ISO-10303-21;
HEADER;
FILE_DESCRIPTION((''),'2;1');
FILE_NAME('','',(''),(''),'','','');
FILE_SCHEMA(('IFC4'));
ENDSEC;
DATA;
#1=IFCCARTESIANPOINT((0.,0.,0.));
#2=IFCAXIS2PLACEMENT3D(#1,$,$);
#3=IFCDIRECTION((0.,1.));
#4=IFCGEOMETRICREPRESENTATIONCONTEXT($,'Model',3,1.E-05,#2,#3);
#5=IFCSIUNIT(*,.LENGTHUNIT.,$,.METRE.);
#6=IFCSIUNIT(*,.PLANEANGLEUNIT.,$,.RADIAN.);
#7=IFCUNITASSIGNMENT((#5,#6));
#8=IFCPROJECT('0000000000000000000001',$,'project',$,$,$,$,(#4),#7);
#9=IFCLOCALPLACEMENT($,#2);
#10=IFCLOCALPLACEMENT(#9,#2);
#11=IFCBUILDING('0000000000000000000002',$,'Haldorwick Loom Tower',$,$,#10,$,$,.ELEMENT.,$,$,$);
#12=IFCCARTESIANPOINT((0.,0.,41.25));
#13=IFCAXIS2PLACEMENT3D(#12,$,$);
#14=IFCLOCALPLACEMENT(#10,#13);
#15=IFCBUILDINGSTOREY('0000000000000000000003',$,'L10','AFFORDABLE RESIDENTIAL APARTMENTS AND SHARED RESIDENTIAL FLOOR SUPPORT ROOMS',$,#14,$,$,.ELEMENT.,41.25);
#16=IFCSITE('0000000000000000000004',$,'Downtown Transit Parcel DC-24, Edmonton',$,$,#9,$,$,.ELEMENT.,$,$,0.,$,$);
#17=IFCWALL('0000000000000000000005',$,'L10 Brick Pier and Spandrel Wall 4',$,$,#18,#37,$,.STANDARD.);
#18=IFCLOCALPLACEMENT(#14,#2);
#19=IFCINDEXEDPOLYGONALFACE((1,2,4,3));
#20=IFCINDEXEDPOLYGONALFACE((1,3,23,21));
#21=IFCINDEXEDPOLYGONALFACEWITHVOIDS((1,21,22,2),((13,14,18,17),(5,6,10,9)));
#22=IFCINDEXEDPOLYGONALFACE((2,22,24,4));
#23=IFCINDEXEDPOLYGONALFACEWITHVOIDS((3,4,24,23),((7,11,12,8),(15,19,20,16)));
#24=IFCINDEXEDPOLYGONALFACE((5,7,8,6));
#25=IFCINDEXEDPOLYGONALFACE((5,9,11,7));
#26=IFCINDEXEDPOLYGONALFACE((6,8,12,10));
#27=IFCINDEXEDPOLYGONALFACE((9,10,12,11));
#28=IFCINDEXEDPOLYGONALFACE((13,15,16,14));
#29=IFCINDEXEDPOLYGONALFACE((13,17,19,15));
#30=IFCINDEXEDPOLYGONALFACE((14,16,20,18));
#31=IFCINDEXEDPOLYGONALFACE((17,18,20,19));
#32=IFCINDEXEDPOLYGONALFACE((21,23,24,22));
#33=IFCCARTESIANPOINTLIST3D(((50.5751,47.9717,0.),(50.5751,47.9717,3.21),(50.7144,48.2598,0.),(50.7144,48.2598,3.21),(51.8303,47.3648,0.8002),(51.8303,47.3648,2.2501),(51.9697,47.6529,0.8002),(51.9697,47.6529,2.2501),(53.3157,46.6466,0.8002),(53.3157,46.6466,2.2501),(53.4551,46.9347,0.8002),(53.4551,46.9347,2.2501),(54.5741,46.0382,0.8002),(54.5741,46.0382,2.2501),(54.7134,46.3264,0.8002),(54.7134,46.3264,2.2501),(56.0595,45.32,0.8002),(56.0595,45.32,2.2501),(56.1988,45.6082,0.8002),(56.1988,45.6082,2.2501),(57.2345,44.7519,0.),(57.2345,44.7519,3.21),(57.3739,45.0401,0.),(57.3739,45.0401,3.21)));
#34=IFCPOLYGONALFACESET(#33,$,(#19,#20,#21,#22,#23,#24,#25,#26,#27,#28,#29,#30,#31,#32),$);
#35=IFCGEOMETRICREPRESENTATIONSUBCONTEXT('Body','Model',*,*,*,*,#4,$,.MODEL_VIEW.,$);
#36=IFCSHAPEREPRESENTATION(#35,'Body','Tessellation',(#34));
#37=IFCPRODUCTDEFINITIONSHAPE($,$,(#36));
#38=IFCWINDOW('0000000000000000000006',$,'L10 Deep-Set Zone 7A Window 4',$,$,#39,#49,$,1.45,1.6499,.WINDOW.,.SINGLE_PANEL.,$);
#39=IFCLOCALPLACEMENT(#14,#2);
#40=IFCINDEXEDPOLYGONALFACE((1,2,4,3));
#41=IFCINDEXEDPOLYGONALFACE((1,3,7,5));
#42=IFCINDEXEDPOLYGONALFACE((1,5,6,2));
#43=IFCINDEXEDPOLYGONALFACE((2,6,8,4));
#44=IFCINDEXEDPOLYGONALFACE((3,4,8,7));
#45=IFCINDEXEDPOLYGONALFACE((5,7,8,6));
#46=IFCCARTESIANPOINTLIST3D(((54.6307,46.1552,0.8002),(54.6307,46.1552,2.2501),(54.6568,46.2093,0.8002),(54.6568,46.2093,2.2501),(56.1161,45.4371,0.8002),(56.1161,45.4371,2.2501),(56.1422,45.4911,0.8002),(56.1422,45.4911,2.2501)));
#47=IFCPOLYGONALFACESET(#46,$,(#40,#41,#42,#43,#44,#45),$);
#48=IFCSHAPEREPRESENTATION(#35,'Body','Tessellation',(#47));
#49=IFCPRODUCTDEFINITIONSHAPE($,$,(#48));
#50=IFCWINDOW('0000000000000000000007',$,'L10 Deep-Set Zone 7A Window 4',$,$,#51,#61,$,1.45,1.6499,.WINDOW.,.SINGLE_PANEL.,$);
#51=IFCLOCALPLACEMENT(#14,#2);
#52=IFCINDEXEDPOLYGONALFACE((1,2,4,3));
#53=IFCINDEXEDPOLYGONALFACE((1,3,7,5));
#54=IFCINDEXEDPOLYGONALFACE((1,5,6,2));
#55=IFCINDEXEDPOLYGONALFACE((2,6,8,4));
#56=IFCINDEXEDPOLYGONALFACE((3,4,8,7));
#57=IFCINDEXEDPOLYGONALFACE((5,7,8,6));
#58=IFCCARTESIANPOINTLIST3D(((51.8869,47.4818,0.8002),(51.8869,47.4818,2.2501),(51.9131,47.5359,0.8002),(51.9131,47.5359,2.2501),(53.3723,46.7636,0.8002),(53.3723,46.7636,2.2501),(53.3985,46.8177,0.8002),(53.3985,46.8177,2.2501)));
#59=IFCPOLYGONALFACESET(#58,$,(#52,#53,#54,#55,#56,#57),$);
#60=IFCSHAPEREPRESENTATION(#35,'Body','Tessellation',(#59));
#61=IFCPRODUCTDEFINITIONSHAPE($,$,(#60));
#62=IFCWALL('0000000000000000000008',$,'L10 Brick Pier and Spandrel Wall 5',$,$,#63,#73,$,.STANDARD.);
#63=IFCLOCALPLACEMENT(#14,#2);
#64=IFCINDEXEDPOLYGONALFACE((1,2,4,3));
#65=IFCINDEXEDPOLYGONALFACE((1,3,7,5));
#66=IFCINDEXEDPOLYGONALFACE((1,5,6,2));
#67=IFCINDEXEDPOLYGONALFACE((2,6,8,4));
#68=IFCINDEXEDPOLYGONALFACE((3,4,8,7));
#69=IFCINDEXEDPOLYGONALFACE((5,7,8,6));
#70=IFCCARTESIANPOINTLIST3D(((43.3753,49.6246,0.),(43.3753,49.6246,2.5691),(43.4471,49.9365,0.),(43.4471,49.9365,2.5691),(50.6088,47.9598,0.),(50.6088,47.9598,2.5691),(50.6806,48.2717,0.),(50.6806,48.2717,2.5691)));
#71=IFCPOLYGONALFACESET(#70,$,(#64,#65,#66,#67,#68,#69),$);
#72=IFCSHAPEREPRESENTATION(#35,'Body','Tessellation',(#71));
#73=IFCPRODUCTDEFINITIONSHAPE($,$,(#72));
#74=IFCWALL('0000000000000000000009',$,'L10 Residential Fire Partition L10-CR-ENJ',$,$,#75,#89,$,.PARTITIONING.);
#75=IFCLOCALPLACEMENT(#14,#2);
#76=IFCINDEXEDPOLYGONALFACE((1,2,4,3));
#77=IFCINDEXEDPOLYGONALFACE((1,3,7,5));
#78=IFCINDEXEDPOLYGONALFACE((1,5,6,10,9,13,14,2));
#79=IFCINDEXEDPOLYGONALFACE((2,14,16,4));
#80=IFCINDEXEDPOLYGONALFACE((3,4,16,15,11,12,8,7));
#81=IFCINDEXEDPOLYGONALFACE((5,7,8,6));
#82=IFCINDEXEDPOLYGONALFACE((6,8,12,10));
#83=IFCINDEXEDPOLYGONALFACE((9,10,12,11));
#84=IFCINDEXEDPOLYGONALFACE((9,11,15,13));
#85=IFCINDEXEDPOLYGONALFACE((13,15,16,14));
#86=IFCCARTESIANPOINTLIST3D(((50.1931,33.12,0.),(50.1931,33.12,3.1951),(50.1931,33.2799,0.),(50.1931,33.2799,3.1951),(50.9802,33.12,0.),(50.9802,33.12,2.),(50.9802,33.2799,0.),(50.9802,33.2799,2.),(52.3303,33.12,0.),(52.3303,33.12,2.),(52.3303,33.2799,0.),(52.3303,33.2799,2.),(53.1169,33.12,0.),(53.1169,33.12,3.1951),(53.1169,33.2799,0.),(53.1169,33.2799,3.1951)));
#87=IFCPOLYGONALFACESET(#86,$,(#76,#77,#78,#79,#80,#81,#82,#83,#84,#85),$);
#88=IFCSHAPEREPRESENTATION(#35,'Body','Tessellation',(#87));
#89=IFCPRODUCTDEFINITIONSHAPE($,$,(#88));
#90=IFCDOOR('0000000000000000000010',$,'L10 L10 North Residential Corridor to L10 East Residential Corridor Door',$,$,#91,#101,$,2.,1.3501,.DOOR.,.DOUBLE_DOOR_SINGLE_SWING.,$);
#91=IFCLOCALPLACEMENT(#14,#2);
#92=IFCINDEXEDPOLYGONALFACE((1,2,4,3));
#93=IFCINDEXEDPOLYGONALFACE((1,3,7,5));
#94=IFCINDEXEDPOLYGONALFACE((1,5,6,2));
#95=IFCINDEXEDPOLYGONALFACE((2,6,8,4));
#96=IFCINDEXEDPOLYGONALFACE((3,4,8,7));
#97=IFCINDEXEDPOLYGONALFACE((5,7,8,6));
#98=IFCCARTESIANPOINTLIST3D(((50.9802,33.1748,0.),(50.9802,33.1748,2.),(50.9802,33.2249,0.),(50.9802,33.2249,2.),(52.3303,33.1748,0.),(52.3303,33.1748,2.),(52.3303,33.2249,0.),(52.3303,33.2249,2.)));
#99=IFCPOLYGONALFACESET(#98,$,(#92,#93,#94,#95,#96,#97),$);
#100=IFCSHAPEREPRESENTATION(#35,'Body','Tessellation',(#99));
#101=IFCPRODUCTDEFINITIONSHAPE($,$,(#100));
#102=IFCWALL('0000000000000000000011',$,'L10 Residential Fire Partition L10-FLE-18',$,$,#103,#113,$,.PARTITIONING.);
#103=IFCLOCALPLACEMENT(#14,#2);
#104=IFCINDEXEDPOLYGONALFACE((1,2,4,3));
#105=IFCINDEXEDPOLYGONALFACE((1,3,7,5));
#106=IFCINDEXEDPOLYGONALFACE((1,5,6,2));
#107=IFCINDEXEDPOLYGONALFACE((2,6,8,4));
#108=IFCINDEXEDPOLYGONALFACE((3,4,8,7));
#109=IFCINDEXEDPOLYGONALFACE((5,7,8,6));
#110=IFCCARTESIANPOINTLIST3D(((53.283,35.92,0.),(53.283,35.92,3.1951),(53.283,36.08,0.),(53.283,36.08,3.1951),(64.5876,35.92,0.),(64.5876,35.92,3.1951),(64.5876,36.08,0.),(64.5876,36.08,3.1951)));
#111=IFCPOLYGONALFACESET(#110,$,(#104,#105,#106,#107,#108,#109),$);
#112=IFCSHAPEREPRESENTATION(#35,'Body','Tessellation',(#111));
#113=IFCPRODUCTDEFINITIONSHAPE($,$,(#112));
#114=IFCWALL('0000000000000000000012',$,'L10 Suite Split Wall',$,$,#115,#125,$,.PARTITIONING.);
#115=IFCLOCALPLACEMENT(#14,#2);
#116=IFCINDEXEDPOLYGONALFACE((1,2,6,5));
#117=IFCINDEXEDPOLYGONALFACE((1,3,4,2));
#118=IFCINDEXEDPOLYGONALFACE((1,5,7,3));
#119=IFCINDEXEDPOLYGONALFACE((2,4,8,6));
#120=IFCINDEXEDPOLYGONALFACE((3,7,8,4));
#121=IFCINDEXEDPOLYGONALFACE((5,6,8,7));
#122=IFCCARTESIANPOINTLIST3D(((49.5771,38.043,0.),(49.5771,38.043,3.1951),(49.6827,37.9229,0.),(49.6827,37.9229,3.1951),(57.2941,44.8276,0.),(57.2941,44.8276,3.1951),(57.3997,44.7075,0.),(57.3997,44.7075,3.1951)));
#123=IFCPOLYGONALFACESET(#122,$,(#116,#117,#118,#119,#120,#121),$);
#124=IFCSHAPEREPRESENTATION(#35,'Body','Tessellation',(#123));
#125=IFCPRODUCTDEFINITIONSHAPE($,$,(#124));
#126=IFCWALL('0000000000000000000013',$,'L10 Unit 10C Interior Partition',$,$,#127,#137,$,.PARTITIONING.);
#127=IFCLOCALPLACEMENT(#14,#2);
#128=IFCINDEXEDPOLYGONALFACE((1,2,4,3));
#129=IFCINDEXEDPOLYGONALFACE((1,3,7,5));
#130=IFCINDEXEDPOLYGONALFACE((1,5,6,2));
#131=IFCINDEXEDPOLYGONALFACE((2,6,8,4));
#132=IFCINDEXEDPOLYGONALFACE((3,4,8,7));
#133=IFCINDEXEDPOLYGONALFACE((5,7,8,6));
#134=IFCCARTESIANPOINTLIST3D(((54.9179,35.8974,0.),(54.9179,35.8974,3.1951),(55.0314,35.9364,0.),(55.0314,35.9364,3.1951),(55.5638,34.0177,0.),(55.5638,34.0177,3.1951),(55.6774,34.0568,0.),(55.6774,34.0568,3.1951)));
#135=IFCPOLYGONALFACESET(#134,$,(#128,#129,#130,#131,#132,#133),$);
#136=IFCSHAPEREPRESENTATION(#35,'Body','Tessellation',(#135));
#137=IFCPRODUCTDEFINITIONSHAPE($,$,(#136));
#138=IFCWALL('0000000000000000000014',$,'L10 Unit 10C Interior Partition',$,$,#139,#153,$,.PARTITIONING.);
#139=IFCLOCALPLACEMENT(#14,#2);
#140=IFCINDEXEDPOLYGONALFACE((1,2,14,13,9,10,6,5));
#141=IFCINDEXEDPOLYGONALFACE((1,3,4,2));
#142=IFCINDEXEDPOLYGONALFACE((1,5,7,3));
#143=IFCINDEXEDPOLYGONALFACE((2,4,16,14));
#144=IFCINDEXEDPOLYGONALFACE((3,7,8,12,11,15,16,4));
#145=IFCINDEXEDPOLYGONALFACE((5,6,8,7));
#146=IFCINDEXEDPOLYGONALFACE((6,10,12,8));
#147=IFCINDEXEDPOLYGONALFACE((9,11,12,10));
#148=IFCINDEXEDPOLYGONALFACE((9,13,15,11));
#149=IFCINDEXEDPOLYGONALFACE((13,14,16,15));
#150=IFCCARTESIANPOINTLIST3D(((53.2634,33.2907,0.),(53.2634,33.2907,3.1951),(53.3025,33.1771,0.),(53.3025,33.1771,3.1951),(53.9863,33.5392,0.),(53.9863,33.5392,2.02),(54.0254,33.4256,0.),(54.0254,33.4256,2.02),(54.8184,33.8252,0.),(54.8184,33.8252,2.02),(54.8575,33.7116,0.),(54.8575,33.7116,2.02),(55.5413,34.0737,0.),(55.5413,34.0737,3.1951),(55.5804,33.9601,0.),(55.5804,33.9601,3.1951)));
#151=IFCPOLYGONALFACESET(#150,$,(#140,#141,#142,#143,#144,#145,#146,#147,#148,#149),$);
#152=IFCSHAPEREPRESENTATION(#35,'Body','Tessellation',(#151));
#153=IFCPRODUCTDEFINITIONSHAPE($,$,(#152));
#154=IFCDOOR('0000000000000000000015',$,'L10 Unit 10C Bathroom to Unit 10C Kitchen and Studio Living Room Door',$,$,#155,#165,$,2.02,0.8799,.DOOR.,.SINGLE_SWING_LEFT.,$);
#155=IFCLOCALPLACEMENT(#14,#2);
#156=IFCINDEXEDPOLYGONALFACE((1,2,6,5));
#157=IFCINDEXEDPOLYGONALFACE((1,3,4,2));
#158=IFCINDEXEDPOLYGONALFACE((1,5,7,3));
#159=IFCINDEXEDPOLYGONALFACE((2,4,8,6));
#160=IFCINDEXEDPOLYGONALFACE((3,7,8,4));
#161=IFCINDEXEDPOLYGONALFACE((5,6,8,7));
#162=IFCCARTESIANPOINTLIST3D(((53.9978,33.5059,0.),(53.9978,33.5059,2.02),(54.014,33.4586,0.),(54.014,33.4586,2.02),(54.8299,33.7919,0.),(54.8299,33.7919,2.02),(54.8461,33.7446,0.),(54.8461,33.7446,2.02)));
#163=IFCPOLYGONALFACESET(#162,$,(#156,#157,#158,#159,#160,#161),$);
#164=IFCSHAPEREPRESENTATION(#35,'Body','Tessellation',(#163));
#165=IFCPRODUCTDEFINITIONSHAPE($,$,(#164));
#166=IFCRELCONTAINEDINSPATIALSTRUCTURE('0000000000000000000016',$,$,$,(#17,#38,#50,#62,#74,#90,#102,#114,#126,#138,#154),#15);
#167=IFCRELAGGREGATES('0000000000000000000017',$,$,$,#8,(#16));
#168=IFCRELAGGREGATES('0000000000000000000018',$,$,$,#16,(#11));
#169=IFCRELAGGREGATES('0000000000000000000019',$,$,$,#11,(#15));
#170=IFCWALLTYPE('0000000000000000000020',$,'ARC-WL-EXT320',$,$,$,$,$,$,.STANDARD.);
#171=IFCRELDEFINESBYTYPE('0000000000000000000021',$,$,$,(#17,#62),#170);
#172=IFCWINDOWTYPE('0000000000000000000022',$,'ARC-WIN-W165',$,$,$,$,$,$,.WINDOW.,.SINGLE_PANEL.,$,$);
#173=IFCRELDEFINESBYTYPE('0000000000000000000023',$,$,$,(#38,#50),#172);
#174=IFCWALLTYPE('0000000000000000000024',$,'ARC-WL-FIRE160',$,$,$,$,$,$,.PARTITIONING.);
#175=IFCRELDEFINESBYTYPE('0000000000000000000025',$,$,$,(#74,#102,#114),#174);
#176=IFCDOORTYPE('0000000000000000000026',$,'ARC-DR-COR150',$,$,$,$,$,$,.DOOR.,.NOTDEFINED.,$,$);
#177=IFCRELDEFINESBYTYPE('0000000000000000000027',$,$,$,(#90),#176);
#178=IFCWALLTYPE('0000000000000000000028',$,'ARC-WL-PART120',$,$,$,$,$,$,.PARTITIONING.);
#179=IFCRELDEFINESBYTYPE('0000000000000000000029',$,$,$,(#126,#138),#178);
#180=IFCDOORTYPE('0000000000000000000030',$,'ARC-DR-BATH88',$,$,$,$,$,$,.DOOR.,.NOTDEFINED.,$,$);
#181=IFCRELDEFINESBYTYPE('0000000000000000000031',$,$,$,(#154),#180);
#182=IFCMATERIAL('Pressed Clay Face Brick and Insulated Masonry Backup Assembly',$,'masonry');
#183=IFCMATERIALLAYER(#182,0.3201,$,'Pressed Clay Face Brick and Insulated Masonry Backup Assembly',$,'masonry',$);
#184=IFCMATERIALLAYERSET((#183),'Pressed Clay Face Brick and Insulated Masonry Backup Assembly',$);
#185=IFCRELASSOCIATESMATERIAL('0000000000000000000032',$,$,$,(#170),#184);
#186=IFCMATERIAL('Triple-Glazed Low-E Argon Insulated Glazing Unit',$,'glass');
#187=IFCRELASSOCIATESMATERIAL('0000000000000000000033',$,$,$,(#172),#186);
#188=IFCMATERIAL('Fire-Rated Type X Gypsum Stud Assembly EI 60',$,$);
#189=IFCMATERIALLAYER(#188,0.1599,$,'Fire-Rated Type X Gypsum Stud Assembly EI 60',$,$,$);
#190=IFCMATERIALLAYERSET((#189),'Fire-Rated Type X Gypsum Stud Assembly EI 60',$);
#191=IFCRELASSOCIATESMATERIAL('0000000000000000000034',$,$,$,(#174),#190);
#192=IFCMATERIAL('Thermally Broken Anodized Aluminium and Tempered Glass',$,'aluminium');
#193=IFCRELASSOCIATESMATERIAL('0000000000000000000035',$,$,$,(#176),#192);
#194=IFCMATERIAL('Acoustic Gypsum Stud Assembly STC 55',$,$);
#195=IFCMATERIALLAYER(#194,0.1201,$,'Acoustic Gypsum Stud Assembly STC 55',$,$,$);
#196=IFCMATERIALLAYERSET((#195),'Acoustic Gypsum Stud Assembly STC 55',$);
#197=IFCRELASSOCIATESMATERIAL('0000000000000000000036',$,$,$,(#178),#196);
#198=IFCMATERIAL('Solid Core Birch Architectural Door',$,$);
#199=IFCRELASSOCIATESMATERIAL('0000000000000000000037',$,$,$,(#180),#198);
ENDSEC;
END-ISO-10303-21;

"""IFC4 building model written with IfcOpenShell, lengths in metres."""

from ifc_helpers import new_model, si_unit, direction, frame, frame_2d, origin, place, context, subcontext, project, spatial, rectangle, extrude, material, layer, layer_set, type_object, element, fill, save


model = new_model("IFC4")

# Units and contexts
model_context = context("Model", 3, precision=1e-05, world=origin(), true_north=direction((0.0, 1.0)))
body_context = subcontext(model_context, "Body", "Model", "MODEL_VIEW")
ifc_project = project(units=[si_unit("LENGTHUNIT", "METRE"), si_unit("PLANEANGLEUNIT", "RADIAN")], contexts=[model_context])

# Site, building, storey
site_placement = place(None, origin())
site = spatial("IfcSite", under=ifc_project, at=site_placement, Name="Downtown Transit Parcel DC-24, Edmonton", CompositionType="ELEMENT", RefElevation=0.0)
building_placement = place(site_placement, origin())
building = spatial("IfcBuilding", under=site, at=building_placement, Name="Haldorwick Loom Tower", CompositionType="ELEMENT")
storey_placement = place(building_placement, frame((0.0, 0.0, 41.25)))
storey = spatial("IfcBuildingStorey", under=building, at=storey_placement, Name="L10", Description="AFFORDABLE RESIDENTIAL APARTMENTS AND SHARED RESIDENTIAL FLOOR SUPPORT ROOMS", CompositionType="ELEMENT", Elevation=41.25)

# Shared definitions
ifc_material_1 = material(Name="Pressed Clay Face Brick and Insulated Masonry Backup Assembly", Category="masonry")
ifc_layer_1 = layer(ifc_material_1, 0.3201, Name="Pressed Clay Face Brick and Insulated Masonry Backup Assembly", Category="masonry")
ifc_layer_set_1 = layer_set([ifc_layer_1], Name="Pressed Clay Face Brick and Insulated Masonry Backup Assembly")
wall_type_1 = type_object("IfcWallType", Name="ARC-WL-EXT320", PredefinedType="STANDARD", material=ifc_layer_set_1)
ifc_material_2 = material(Name="Triple-Glazed Low-E Argon Insulated Glazing Unit", Category="glass")
window_type = type_object("IfcWindowType", Name="ARC-WIN-W165", PartitioningType="SINGLE_PANEL", PredefinedType="WINDOW", material=ifc_material_2)

# Wall, openings, windows
wall_1_placement = place(storey_placement, frame((57.3042, 44.896, 0.0), z_axis=(0.0, 0.0, 1.0), x_axis=(-0.900296, 0.435279, 0.0)))
wall_1 = element("IfcWall", 1, at=wall_1_placement, inside=storey, type_object=wall_type_1, Name="L10 Brick Pier and Spandrel Wall 4", PredefinedType="STANDARD", context=body_context, shape_type="SweptSolid", body=[
    extrude(rectangle(XDim=7.397, YDim=0.3201, at=frame_2d((3.6985, 0.0))), origin(), (0.0, 0.0, 1.0), 3.21),
])
opening_1_placement = place(wall_1_placement, frame((1.3052, 0.0, 0.8)))
opening_1 = element("IfcOpeningElement", 2, at=opening_1_placement, cuts=wall_1, PredefinedType="OPENING", context=body_context, shape_type="SweptSolid", body=[
    extrude(rectangle(XDim=1.6499, YDim=1.45, at=frame_2d((0.825, 0.7251))), frame((0.0, 0.1699, 0.0), z_axis=(0.0, -1.0, 0.0), x_axis=(1.0, 0.0, 0.0)), (0.0, 0.0, 1.0), 0.3401),
])
opening_2_placement = place(wall_1_placement, frame((4.3528, 0.0, 0.8)))
opening_2 = element("IfcOpeningElement", 3, at=opening_2_placement, cuts=wall_1, PredefinedType="OPENING", context=body_context, shape_type="SweptSolid", body=[
    extrude(rectangle(XDim=1.6499, YDim=1.45, at=frame_2d((0.825, 0.7251))), frame((0.0, 0.1699, 0.0), z_axis=(0.0, -1.0, 0.0), x_axis=(1.0, 0.0, 0.0)), (0.0, 0.0, 1.0), 0.3401),
])
window_1_placement = place(opening_1_placement, origin())
window_1 = element("IfcWindow", 4, at=window_1_placement, inside=storey, type_object=window_type, Name="L10 Deep-Set Zone 7A Window 4", OverallHeight=1.45, OverallWidth=1.6499, PartitioningType="SINGLE_PANEL", PredefinedType="WINDOW", context=body_context, shape_type="SweptSolid", body=[
    extrude(rectangle(XDim=1.6499, YDim=1.45, at=frame_2d((0.825, 0.7251))), frame((0.0, 0.03, 0.0), z_axis=(0.0, -1.0, 0.0), x_axis=(1.0, 0.0, 0.0)), (0.0, 0.0, 1.0), 0.0601),
])
fill(opening_1, window_1)
window_2_placement = place(opening_2_placement, origin())
window_2 = element("IfcWindow", 5, at=window_2_placement, inside=storey, type_object=window_type, Name="L10 Deep-Set Zone 7A Window 4", OverallHeight=1.45, OverallWidth=1.6499, PartitioningType="SINGLE_PANEL", PredefinedType="WINDOW", context=body_context, shape_type="SweptSolid", body=[
    extrude(rectangle(XDim=1.6499, YDim=1.45, at=frame_2d((0.825, 0.7251))), frame((0.0, 0.03, 0.0), z_axis=(0.0, -1.0, 0.0), x_axis=(1.0, 0.0, 0.0)), (0.0, 0.0, 1.0), 0.0601),
])
fill(opening_2, window_2)

# Wall
wall_2_placement = place(storey_placement, frame((50.6448, 48.1157, 0.0), z_axis=(0.0, 0.0, 1.0), x_axis=(-0.974522, 0.22429, 0.0)))
element("IfcWall", 6, at=wall_2_placement, inside=storey, type_object=wall_type_1, Name="L10 Brick Pier and Spandrel Wall 5", PredefinedType="STANDARD", context=body_context, shape_type="SweptSolid", body=[
    extrude(rectangle(XDim=7.4226, YDim=0.3201, at=frame_2d((3.7114, 0.0))), origin(), (0.0, 0.0, 1.0), 2.5691),
])

# Wall, opening, door
ifc_material_3 = material(Name="Fire-Rated Type X Gypsum Stud Assembly EI 60")
ifc_layer_2 = layer(ifc_material_3, 0.1599, Name="Fire-Rated Type X Gypsum Stud Assembly EI 60")
ifc_layer_set_2 = layer_set([ifc_layer_2], Name="Fire-Rated Type X Gypsum Stud Assembly EI 60")
wall_type_2 = type_object("IfcWallType", Name="ARC-WL-FIRE160", PredefinedType="PARTITIONING", material=ifc_layer_set_2)
wall_3_placement = place(storey_placement, frame((50.1931, 33.2, 0.0), z_axis=(0.0, 0.0, 1.0), x_axis=(1.0, 0.0, 0.0)))
wall_3 = element("IfcWall", 7, at=wall_3_placement, inside=storey, type_object=wall_type_2, Name="L10 Residential Fire Partition L10-CR-ENJ", PredefinedType="PARTITIONING", context=body_context, shape_type="SweptSolid", body=[
    extrude(rectangle(XDim=2.9238, YDim=0.1599, at=frame_2d((1.4619, 0.0))), origin(), (0.0, 0.0, 1.0), 3.1951),
])
opening_3_placement = place(wall_3_placement, frame((0.7871, 0.0, 0.0)))
opening_3 = element("IfcOpeningElement", 8, at=opening_3_placement, cuts=wall_3, PredefinedType="OPENING", context=body_context, shape_type="SweptSolid", body=[
    extrude(rectangle(XDim=1.3501, YDim=2.0, at=frame_2d((0.675, 1.0))), frame((0.0, 0.0898, 0.0), z_axis=(0.0, -1.0, 0.0), x_axis=(1.0, 0.0, 0.0)), (0.0, 0.0, 1.0), 0.1799),
])
ifc_material_4 = material(Name="Thermally Broken Anodized Aluminium and Tempered Glass", Category="aluminium")
door_type_1 = type_object("IfcDoorType", Name="ARC-DR-COR150", OperationType="NOTDEFINED", PredefinedType="DOOR", material=ifc_material_4)
door_1_placement = place(opening_3_placement, origin())
door_1 = element("IfcDoor", 9, at=door_1_placement, inside=storey, type_object=door_type_1, Name="L10 L10 North Residential Corridor to L10 East Residential Corridor Door", OperationType="DOUBLE_DOOR_SINGLE_SWING", OverallHeight=2.0, OverallWidth=1.3501, PredefinedType="DOOR", context=body_context, shape_type="SweptSolid", body=[
    extrude(rectangle(XDim=1.3501, YDim=2.0, at=frame_2d((0.675, 1.0))), frame((0.0, 0.0249, 0.0), z_axis=(0.0, -1.0, 0.0), x_axis=(1.0, 0.0, 0.0)), (0.0, 0.0, 1.0), 0.05),
])
fill(opening_3, door_1)

# Walls
wall_4_placement = place(storey_placement, frame((53.283, 36.0, 0.0), z_axis=(0.0, 0.0, 1.0), x_axis=(1.0, 0.0, 0.0)))
element("IfcWall", 10, at=wall_4_placement, inside=storey, type_object=wall_type_2, Name="L10 Residential Fire Partition L10-FLE-18", PredefinedType="PARTITIONING", context=body_context, shape_type="SweptSolid", body=[
    extrude(rectangle(XDim=11.3047, YDim=0.1599, at=frame_2d((5.6523, 0.0))), origin(), (0.0, 0.0, 1.0), 3.1951),
])
wall_5_placement = place(storey_placement, frame((49.6299, 37.9829, 0.0), z_axis=(0.0, 0.0, 1.0), x_axis=(0.751019, 0.660281, 0.0)))
element("IfcWall", 11, at=wall_5_placement, inside=storey, type_object=wall_type_2, Name="L10 Suite Split Wall", PredefinedType="PARTITIONING", context=body_context, shape_type="SweptSolid", body=[
    extrude(rectangle(XDim=10.2754, YDim=0.1599, at=frame_2d((5.1377, 0.0))), origin(), (0.0, 0.0, 1.0), 3.1951),
])
ifc_material_5 = material(Name="Acoustic Gypsum Stud Assembly STC 55")
ifc_layer_3 = layer(ifc_material_5, 0.1201, Name="Acoustic Gypsum Stud Assembly STC 55")
ifc_layer_set_3 = layer_set([ifc_layer_3], Name="Acoustic Gypsum Stud Assembly STC 55")
wall_type_3 = type_object("IfcWallType", Name="ARC-WL-PART120", PredefinedType="PARTITIONING", material=ifc_layer_set_3)
wall_6_placement = place(storey_placement, frame((55.6206, 34.0374, 0.0), z_axis=(0.0, 0.0, 1.0), x_axis=(-0.325021, 0.945707, 0.0)))
element("IfcWall", 12, at=wall_6_placement, inside=storey, type_object=wall_type_3, Name="L10 Unit 10C Interior Partition", PredefinedType="PARTITIONING", context=body_context, shape_type="SweptSolid", body=[
    extrude(rectangle(XDim=1.9875, YDim=0.1201, at=frame_2d((0.9937, 0.0))), origin(), (0.0, 0.0, 1.0), 3.1951),
])

# Wall, opening, door
wall_7_placement = place(storey_placement, frame((53.283, 33.2339, 0.0), z_axis=(0.0, 0.0, 1.0), x_axis=(0.945692, 0.325063, 0.0)))
wall_7 = element("IfcWall", 13, at=wall_7_placement, inside=storey, type_object=wall_type_3, Name="L10 Unit 10C Interior Partition", PredefinedType="PARTITIONING", context=body_context, shape_type="SweptSolid", body=[
    extrude(rectangle(XDim=2.4087, YDim=0.1201, at=frame_2d((1.2043, 0.0))), origin(), (0.0, 0.0, 1.0), 3.1951),
])
opening_4_placement = place(wall_7_placement, frame((0.7644, 0.0, 0.0)))
opening_4 = element("IfcOpeningElement", 14, at=opening_4_placement, cuts=wall_7, PredefinedType="OPENING", context=body_context, shape_type="SweptSolid", body=[
    extrude(rectangle(XDim=0.8799, YDim=2.02, at=frame_2d((0.4399, 1.01))), frame((0.0, 0.0701, 0.0), z_axis=(0.0, -1.0, 0.0), x_axis=(1.0, 0.0, 0.0)), (0.0, 0.0, 1.0), 0.1401),
])
ifc_material_6 = material(Name="Solid Core Birch Architectural Door")
door_type_2 = type_object("IfcDoorType", Name="ARC-DR-BATH88", OperationType="NOTDEFINED", PredefinedType="DOOR", material=ifc_material_6)
door_2_placement = place(opening_4_placement, origin())
door_2 = element("IfcDoor", 15, at=door_2_placement, inside=storey, type_object=door_type_2, Name="L10 Unit 10C Bathroom to Unit 10C Kitchen and Studio Living Room Door", OperationType="SINGLE_SWING_LEFT", OverallHeight=2.02, OverallWidth=0.8799, PredefinedType="DOOR", context=body_context, shape_type="SweptSolid", body=[
    extrude(rectangle(XDim=0.8799, YDim=2.02, at=frame_2d((0.4399, 1.01))), frame((0.0, 0.0249, 0.0), z_axis=(0.0, -1.0, 0.0), x_axis=(1.0, 0.0, 0.0)), (0.0, 0.0, 1.0), 0.05),
])
fill(opening_4, door_2)

save(model, "model.ifc")
